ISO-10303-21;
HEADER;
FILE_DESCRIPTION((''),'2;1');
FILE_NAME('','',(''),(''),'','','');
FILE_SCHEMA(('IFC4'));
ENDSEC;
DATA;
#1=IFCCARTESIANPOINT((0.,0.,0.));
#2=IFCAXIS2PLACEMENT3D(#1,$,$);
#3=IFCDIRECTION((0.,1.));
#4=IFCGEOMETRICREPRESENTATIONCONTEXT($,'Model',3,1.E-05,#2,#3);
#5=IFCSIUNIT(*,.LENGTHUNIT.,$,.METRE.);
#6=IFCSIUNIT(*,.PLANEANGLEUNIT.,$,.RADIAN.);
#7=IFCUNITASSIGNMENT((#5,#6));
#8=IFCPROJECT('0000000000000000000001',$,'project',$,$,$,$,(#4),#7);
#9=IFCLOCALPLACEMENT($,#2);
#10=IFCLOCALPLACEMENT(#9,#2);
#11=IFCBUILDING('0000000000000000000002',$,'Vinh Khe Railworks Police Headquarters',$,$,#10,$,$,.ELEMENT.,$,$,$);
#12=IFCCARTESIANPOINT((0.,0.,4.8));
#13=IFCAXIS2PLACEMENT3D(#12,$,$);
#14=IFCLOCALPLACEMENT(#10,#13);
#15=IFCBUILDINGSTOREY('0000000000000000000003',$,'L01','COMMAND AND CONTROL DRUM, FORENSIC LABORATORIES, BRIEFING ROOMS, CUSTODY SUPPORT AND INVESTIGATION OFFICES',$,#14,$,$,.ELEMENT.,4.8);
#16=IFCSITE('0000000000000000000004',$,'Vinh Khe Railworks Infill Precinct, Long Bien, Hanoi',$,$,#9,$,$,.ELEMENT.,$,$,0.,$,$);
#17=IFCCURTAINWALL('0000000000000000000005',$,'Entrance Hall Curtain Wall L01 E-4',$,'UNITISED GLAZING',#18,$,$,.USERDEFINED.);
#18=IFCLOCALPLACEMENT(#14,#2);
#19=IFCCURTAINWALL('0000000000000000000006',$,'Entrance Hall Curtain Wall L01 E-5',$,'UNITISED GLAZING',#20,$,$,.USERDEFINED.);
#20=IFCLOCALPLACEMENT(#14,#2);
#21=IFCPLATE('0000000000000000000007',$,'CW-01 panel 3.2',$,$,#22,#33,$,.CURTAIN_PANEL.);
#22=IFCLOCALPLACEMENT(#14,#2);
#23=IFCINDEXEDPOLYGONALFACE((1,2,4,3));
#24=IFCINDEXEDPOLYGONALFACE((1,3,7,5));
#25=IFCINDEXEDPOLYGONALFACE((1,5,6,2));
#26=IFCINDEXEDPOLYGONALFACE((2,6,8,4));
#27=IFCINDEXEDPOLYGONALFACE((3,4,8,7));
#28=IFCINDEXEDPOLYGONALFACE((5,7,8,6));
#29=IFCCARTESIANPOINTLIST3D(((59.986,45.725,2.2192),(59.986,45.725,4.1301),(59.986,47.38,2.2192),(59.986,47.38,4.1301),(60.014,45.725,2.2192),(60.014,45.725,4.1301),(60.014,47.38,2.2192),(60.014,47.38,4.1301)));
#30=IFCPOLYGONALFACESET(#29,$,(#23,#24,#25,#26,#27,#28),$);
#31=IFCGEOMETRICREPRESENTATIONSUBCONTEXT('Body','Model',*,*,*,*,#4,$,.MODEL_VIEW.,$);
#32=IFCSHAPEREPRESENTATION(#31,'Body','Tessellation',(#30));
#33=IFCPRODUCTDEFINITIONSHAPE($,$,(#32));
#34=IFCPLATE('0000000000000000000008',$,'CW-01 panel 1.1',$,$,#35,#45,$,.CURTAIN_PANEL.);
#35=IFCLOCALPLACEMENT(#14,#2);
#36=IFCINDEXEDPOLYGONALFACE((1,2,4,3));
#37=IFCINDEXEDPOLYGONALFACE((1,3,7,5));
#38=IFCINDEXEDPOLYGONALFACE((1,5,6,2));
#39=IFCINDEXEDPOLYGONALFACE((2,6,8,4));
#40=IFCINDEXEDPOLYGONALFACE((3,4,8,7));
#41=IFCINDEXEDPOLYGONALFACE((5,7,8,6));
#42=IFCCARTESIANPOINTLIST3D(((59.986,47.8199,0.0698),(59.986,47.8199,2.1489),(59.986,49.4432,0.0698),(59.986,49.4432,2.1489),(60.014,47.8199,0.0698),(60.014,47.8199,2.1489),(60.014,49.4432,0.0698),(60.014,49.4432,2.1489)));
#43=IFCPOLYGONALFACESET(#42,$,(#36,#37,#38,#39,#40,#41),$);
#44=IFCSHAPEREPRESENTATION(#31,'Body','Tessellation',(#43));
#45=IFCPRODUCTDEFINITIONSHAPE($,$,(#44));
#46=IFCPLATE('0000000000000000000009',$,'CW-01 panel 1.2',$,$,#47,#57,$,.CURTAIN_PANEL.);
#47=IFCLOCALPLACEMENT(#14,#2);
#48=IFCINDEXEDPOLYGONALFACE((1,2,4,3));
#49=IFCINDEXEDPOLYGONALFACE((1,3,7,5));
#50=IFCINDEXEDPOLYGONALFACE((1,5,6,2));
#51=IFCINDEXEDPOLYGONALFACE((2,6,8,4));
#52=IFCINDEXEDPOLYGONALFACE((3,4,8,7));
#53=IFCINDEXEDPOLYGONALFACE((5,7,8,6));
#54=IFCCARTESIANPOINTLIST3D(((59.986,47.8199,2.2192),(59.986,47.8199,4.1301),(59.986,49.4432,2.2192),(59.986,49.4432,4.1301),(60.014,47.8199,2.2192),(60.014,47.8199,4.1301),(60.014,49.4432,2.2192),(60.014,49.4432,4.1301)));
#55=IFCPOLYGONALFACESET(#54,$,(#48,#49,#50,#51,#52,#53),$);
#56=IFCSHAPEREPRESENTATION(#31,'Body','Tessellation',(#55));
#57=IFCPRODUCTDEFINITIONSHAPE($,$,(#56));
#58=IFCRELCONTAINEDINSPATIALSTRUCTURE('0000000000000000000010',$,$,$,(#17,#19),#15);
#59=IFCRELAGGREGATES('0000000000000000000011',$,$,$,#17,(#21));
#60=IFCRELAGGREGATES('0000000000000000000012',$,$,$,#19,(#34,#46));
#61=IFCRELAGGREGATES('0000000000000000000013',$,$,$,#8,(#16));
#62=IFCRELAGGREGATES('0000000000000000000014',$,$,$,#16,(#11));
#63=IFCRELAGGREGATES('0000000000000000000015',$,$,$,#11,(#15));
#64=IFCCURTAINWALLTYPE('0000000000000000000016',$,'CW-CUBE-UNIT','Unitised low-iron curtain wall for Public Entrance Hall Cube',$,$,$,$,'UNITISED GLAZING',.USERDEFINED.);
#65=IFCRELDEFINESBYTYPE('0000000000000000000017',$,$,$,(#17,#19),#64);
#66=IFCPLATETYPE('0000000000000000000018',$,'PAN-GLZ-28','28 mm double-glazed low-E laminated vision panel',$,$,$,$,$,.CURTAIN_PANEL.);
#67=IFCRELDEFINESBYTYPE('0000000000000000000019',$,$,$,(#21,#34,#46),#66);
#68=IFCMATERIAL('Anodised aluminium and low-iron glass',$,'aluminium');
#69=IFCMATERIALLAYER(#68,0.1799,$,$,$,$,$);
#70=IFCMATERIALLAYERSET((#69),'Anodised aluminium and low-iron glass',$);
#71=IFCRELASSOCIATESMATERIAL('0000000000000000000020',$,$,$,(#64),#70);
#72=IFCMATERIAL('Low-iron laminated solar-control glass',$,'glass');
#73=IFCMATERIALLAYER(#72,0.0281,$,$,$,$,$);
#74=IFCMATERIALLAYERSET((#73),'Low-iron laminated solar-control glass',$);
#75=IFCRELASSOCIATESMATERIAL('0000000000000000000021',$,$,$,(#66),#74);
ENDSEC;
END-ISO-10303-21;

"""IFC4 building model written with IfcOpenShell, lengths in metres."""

from ifc_helpers import new_model, si_unit, direction, frame, origin, origin_2d, place, context, subcontext, project, spatial, rectangle, extrude, material, layer, layer_set, type_object, element, aggregate, save


model = new_model("IFC4")

# Units and contexts
model_context = context("Model", 3, precision=1e-05, world=origin(), true_north=direction((0.0, 1.0)))
body_context = subcontext(model_context, "Body", "Model", "MODEL_VIEW")
ifc_project = project(units=[si_unit("LENGTHUNIT", "METRE"), si_unit("PLANEANGLEUNIT", "RADIAN")], contexts=[model_context])

# Site, building, storey
site_placement = place(None, origin())
site = spatial("IfcSite", under=ifc_project, at=site_placement, Name="Vinh Khe Railworks Infill Precinct, Long Bien, Hanoi", CompositionType="ELEMENT", RefElevation=0.0)
building_placement = place(site_placement, origin())
building = spatial("IfcBuilding", under=site, at=building_placement, Name="Vinh Khe Railworks Police Headquarters", CompositionType="ELEMENT")
storey_placement = place(building_placement, frame((0.0, 0.0, 4.8)))
storey = spatial("IfcBuildingStorey", under=building, at=storey_placement, Name="L01", Description="COMMAND AND CONTROL DRUM, FORENSIC LABORATORIES, BRIEFING ROOMS, CUSTODY SUPPORT AND INVESTIGATION OFFICES", CompositionType="ELEMENT", Elevation=4.8)

# Curtain walls
ifc_material_1 = material(Name="Anodised aluminium and low-iron glass", Category="aluminium")
ifc_layer_1 = layer(ifc_material_1, 0.1799)
ifc_layer_set_1 = layer_set([ifc_layer_1], Name="Anodised aluminium and low-iron glass")
curtain_wall_type = type_object("IfcCurtainWallType", Name="CW-CUBE-UNIT", Description="Unitised low-iron curtain wall for Public Entrance Hall Cube", ElementType="UNITISED GLAZING", PredefinedType="USERDEFINED", material=ifc_layer_set_1)
curtain_wall_1_placement = place(storey_placement, origin())
curtain_wall_1 = element("IfcCurtainWall", 1, at=curtain_wall_1_placement, inside=storey, type_object=curtain_wall_type, Name="Entrance Hall Curtain Wall L01 E-4", ObjectType="UNITISED GLAZING", PredefinedType="USERDEFINED")
curtain_wall_2_placement = place(storey_placement, origin())
curtain_wall_2 = element("IfcCurtainWall", 2, at=curtain_wall_2_placement, inside=storey, type_object=curtain_wall_type, Name="Entrance Hall Curtain Wall L01 E-5", ObjectType="UNITISED GLAZING", PredefinedType="USERDEFINED")

# Plates
ifc_material_2 = material(Name="Low-iron laminated solar-control glass", Category="glass")
ifc_layer_2 = layer(ifc_material_2, 0.0281)
ifc_layer_set_2 = layer_set([ifc_layer_2], Name="Low-iron laminated solar-control glass")
plate_type = type_object("IfcPlateType", Name="PAN-GLZ-28", Description="28 mm double-glazed low-E laminated vision panel", PredefinedType="CURTAIN_PANEL", material=ifc_layer_set_2)
plate_1_placement = place(storey_placement, frame((60.0, 46.5525, 2.2192), z_axis=(0.0, 0.0, 1.0), x_axis=(0.0, 1.0, 0.0)))
plate_1 = element("IfcPlate", 3, at=plate_1_placement, type_object=plate_type, Name="CW-01 panel 3.2", PredefinedType="CURTAIN_PANEL", context=body_context, shape_type="SweptSolid", body=[
    extrude(rectangle(XDim=1.655, YDim=0.0281, at=origin_2d()), origin(), (0.0, 0.0, 1.0), 1.9109),
])
aggregate(curtain_wall_1, [plate_1])
plate_2_placement = place(storey_placement, frame((60.0, 48.6316, 0.0698), z_axis=(0.0, 0.0, 1.0), x_axis=(0.0, 1.0, 0.0)))
plate_2 = element("IfcPlate", 4, at=plate_2_placement, type_object=plate_type, Name="CW-01 panel 1.1", PredefinedType="CURTAIN_PANEL", context=body_context, shape_type="SweptSolid", body=[
    extrude(rectangle(XDim=1.6233, YDim=0.0281, at=origin_2d()), origin(), (0.0, 0.0, 1.0), 2.0791),
])
plate_3_placement = place(storey_placement, frame((60.0, 48.6316, 2.2192), z_axis=(0.0, 0.0, 1.0), x_axis=(0.0, 1.0, 0.0)))
plate_3 = element("IfcPlate", 5, at=plate_3_placement, type_object=plate_type, Name="CW-01 panel 1.2", PredefinedType="CURTAIN_PANEL", context=body_context, shape_type="SweptSolid", body=[
    extrude(rectangle(XDim=1.6233, YDim=0.0281, at=origin_2d()), origin(), (0.0, 0.0, 1.0), 1.9109),
])
aggregate(curtain_wall_2, [plate_2, plate_3])

save(model, "model.ifc")
